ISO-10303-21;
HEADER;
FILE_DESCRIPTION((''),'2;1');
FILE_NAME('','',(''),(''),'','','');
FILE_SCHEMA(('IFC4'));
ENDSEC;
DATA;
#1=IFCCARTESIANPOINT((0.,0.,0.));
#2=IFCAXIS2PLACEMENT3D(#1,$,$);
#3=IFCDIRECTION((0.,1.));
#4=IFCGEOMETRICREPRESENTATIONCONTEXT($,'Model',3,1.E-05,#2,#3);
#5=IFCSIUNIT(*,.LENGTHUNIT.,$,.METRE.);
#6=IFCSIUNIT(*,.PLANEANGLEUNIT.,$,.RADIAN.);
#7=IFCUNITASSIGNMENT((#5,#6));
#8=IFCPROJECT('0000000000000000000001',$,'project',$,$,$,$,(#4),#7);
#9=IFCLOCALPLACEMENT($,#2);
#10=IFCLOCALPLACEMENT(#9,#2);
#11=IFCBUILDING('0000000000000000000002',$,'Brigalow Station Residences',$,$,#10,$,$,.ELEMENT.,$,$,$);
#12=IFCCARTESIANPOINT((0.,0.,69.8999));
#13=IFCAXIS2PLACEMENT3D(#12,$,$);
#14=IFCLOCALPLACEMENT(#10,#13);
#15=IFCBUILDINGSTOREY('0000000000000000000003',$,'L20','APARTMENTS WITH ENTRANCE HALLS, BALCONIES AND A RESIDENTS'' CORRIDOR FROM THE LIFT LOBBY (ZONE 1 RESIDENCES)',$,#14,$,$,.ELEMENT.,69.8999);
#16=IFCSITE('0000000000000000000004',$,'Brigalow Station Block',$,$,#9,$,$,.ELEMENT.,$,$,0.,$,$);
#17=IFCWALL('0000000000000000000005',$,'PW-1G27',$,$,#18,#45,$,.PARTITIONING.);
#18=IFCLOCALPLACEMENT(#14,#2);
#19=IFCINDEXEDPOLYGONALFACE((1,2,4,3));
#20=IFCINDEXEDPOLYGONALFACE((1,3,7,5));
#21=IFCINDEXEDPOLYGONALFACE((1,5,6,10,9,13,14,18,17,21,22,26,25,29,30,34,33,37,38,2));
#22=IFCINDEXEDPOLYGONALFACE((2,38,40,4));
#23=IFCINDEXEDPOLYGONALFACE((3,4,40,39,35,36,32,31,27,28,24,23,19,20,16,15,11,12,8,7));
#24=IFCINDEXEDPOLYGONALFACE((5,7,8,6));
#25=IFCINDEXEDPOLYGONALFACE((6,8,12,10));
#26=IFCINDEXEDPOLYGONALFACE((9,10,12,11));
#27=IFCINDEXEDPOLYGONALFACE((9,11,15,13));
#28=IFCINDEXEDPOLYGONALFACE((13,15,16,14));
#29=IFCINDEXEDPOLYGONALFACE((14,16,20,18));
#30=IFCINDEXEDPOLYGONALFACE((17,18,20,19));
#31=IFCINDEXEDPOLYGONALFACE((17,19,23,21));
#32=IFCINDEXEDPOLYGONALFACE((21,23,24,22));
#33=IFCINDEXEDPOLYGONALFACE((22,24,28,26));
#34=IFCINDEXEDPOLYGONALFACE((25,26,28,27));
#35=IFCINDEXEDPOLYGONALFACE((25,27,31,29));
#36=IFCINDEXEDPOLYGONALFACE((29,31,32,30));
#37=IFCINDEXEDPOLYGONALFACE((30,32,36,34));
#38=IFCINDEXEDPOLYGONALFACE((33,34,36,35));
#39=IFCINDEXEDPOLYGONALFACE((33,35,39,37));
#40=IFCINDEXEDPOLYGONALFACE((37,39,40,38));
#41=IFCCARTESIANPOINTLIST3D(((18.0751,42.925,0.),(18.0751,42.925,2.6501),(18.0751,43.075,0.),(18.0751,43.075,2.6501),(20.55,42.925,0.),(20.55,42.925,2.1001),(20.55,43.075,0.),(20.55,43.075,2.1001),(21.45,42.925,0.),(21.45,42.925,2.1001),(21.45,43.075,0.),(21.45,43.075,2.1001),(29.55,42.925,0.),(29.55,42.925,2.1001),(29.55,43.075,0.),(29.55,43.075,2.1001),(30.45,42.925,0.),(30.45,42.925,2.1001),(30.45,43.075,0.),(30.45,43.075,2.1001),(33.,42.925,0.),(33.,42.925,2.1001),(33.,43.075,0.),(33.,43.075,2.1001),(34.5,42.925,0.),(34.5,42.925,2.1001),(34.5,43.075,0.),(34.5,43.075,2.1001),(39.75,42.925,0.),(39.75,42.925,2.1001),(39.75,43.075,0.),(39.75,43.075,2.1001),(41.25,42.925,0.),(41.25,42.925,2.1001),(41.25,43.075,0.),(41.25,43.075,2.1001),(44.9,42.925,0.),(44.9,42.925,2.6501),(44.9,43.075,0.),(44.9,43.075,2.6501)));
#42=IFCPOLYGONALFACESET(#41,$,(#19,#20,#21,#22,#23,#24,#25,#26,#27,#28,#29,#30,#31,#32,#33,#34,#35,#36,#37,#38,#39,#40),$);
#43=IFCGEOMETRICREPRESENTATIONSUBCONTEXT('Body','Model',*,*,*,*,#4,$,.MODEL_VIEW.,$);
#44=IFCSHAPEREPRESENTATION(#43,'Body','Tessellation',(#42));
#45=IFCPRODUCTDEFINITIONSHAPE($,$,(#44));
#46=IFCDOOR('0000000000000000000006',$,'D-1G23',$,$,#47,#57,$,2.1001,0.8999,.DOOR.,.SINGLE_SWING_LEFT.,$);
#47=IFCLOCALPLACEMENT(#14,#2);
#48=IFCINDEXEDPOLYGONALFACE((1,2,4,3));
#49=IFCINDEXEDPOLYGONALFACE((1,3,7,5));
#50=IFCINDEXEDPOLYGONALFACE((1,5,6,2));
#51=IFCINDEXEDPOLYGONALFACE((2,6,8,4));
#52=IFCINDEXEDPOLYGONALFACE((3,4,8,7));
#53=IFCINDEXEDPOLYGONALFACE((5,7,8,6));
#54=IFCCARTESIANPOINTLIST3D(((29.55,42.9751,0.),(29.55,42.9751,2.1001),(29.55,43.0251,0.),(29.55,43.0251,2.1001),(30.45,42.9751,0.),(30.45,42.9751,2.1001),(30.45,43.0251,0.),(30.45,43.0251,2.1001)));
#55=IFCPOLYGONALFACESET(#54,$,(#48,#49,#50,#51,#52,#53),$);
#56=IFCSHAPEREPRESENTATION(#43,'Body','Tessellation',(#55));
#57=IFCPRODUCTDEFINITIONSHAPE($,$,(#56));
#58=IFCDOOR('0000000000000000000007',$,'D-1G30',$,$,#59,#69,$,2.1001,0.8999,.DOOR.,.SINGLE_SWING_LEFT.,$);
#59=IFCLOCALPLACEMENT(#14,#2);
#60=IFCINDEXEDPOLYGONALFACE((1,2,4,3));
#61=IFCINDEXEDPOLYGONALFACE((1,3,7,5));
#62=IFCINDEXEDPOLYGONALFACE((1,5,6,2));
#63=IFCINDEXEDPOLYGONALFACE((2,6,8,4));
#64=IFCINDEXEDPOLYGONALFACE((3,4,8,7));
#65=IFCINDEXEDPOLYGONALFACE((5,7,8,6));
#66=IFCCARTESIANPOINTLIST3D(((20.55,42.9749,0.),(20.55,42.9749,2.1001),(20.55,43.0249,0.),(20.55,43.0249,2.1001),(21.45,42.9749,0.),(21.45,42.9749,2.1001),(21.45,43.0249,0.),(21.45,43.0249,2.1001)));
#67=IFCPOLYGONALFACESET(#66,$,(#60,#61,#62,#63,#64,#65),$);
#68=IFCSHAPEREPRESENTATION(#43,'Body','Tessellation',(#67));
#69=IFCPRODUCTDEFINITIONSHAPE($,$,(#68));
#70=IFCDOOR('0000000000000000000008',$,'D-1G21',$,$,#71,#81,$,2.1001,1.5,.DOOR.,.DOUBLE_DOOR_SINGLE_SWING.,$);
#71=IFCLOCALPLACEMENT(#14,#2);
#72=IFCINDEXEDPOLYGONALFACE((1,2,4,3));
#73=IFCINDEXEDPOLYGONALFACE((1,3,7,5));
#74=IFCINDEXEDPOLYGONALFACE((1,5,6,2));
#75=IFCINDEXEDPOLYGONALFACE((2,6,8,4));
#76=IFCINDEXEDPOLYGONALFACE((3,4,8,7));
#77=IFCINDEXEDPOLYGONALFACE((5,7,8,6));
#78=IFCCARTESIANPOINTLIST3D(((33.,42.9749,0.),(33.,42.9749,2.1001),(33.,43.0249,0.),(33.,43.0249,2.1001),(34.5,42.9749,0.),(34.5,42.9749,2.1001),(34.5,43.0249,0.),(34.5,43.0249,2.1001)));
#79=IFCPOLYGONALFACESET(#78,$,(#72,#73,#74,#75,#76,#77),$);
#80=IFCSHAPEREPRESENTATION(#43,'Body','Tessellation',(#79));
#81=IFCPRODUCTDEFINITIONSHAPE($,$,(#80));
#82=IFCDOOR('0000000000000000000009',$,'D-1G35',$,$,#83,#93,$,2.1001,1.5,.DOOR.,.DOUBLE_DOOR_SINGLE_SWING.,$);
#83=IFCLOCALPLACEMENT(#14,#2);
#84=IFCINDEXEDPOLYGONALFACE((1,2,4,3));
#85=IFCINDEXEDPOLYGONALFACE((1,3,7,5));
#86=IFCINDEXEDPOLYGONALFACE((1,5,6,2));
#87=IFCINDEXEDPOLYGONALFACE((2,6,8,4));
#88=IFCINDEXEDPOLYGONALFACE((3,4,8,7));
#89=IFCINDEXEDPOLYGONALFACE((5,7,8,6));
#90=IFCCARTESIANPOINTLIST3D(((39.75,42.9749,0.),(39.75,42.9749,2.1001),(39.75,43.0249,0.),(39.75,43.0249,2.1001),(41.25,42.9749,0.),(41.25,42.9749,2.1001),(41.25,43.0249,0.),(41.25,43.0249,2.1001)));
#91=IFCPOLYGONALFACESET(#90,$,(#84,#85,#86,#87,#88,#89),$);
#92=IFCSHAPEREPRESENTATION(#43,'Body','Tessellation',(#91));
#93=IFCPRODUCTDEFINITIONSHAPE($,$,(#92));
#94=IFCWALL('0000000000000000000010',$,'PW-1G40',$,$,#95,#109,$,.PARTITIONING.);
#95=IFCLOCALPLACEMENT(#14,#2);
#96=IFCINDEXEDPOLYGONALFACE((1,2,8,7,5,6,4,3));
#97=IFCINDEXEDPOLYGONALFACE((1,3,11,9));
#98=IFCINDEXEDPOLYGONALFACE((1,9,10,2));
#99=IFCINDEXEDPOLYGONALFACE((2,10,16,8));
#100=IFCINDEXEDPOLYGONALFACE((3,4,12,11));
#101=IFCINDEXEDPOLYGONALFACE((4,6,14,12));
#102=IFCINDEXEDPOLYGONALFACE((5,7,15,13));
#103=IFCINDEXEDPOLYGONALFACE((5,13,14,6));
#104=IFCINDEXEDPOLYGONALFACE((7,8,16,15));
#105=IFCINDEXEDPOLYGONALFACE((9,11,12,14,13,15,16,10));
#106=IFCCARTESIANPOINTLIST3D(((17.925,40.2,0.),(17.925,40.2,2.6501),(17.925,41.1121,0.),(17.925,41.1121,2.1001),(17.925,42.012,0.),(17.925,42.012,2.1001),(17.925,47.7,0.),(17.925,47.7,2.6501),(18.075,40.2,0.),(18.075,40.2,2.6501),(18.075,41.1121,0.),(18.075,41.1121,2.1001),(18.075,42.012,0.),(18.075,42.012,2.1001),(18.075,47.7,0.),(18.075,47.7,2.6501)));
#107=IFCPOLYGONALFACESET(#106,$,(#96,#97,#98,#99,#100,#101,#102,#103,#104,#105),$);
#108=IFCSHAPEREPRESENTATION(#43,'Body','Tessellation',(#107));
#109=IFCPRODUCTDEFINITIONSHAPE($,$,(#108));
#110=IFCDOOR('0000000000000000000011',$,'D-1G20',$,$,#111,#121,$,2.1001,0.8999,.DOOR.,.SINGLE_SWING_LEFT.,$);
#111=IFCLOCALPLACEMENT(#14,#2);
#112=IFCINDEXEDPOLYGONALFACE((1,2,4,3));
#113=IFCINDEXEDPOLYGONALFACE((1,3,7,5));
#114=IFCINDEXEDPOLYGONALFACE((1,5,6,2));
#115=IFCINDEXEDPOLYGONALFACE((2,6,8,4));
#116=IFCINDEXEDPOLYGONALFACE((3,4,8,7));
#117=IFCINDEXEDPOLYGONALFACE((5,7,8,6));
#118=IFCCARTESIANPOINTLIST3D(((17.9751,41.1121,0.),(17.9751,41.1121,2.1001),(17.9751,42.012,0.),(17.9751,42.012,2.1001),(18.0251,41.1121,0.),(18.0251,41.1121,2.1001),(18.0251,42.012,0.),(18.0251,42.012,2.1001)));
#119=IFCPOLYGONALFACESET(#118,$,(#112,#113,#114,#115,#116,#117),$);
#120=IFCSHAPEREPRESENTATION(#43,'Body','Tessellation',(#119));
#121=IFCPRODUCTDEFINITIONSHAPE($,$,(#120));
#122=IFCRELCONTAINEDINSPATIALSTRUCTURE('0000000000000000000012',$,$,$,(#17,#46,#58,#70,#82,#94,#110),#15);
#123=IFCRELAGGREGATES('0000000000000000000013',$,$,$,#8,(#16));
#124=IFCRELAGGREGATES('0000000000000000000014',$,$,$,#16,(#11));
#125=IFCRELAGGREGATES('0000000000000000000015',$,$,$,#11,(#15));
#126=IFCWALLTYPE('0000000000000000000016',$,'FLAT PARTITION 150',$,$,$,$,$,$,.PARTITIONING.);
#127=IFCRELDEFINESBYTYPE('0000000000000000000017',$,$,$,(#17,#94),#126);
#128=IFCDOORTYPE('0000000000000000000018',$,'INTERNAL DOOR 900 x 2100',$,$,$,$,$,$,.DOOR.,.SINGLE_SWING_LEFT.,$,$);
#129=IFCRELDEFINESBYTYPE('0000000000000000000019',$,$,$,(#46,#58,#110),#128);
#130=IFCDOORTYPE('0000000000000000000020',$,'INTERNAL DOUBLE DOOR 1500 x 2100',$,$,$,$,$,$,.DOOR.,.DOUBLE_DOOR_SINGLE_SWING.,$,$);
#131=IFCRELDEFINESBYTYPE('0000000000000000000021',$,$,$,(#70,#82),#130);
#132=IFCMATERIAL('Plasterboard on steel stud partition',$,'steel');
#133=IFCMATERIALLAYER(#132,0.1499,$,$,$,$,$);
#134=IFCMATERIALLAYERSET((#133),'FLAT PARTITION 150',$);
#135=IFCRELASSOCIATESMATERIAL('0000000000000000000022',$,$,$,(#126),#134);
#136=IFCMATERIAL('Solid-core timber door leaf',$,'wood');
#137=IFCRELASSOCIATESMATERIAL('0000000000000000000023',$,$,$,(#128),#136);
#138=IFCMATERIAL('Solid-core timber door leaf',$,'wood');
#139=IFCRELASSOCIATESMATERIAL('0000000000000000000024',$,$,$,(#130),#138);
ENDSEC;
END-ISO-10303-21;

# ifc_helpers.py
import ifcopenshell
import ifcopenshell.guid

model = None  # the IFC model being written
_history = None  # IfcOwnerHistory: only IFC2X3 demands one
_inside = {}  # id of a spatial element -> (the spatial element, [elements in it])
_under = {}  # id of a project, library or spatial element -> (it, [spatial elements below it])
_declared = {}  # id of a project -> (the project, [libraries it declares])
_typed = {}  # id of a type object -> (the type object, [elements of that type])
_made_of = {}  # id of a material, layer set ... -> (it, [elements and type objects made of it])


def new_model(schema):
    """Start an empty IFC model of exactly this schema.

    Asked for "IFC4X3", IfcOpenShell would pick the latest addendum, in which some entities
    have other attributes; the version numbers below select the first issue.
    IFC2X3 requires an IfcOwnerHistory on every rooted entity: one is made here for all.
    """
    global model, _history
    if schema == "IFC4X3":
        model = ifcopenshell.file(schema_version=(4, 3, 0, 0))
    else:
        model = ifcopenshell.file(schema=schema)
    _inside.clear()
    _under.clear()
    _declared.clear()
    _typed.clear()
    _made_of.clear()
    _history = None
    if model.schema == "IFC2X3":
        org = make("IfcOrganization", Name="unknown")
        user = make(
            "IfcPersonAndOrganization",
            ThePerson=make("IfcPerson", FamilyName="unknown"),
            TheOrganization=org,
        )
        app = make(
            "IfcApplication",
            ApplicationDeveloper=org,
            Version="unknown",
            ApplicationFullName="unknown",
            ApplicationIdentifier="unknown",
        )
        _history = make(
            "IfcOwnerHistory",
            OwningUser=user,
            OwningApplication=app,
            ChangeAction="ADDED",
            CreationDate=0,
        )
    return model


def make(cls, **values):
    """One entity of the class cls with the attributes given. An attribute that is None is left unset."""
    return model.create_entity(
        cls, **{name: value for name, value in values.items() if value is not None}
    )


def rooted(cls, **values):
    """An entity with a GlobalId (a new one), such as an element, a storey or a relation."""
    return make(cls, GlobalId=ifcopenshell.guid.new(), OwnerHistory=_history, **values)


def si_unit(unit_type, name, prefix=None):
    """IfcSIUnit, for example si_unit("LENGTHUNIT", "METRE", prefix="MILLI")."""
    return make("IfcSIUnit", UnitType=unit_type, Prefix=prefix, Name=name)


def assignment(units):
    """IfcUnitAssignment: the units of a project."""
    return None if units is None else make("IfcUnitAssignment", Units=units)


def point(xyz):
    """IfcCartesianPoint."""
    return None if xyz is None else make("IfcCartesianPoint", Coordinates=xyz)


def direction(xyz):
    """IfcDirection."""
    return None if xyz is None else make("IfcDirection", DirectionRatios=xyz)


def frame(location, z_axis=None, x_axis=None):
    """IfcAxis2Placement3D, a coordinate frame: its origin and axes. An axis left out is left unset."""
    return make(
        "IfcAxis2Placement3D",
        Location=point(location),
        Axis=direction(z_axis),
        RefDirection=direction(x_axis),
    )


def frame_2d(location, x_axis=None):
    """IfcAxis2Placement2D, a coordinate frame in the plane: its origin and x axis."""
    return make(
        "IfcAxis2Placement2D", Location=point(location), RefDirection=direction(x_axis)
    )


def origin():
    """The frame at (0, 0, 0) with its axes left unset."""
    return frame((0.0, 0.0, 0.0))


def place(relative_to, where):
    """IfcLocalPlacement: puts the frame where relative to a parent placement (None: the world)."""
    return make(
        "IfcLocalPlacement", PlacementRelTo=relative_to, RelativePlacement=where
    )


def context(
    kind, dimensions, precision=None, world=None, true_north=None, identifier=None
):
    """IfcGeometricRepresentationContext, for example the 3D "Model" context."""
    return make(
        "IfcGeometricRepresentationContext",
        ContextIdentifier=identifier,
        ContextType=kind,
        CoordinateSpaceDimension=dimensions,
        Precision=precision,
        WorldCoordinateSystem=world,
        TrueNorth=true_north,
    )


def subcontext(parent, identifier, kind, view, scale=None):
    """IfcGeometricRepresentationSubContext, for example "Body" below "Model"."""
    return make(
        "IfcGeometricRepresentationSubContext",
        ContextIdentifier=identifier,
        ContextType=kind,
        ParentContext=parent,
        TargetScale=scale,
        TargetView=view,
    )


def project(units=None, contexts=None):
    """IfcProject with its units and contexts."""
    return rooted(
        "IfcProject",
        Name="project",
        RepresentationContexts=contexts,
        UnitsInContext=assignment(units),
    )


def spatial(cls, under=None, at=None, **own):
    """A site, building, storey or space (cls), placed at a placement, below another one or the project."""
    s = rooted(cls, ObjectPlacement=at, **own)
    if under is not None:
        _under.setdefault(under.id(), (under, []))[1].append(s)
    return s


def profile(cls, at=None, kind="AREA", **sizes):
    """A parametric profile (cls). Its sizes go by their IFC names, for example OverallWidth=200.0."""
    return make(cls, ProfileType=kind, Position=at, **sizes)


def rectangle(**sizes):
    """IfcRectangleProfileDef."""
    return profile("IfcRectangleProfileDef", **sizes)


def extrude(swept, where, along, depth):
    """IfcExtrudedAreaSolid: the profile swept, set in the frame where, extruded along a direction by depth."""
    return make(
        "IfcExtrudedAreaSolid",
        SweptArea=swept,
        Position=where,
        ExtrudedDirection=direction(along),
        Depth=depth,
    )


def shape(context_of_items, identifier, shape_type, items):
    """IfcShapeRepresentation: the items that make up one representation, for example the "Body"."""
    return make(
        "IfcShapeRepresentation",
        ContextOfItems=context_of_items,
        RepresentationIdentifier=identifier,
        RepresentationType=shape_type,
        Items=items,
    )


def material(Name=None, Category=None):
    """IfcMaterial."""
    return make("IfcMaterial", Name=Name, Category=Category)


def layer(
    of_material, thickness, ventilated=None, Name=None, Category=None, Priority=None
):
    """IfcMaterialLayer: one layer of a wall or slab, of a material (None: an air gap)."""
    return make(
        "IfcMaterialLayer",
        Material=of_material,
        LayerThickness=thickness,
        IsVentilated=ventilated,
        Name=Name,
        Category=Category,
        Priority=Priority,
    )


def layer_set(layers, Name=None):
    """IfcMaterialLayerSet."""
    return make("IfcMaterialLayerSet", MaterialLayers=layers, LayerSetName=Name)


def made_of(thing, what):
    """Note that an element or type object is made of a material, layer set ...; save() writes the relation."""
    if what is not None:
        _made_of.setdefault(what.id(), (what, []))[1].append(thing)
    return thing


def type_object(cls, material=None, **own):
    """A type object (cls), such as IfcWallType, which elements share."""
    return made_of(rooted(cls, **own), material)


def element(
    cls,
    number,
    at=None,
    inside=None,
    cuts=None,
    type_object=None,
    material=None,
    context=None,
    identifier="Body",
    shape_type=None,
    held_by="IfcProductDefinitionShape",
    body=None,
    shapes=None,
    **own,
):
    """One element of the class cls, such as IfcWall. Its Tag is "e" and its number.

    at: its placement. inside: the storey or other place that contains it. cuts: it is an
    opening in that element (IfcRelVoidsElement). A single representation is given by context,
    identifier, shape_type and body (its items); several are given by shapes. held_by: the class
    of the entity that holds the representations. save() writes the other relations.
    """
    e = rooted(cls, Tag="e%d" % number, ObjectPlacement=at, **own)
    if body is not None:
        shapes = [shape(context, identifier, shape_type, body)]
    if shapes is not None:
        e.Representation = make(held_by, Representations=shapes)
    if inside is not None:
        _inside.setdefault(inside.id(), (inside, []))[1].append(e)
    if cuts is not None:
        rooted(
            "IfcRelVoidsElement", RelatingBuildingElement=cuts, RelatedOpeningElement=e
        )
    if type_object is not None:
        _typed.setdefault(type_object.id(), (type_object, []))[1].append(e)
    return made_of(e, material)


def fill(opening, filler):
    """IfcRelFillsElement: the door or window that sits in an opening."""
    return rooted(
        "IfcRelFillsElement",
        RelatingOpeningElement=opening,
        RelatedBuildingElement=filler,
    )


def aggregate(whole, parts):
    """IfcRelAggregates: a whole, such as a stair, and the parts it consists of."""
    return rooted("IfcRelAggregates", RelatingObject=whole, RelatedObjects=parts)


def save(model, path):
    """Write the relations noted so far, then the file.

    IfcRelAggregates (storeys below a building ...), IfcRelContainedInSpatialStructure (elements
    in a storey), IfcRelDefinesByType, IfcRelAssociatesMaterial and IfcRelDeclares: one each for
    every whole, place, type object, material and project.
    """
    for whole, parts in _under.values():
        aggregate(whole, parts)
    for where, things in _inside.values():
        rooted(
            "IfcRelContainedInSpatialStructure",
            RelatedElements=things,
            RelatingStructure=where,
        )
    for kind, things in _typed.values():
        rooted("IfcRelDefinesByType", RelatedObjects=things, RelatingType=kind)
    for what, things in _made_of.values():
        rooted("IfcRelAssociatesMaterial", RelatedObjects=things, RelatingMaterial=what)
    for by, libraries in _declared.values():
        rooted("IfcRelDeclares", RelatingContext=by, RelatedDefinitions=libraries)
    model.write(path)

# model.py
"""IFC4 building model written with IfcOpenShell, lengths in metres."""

from ifc_helpers import new_model, si_unit, direction, frame, frame_2d, origin, place, context, subcontext, project, spatial, rectangle, extrude, material, layer, layer_set, type_object, element, fill, save


model = new_model("IFC4")

# Units and contexts
model_context = context("Model", 3, precision=1e-05, world=origin(), true_north=direction((0.0, 1.0)))
body_context = subcontext(model_context, "Body", "Model", "MODEL_VIEW")
ifc_project = project(units=[si_unit("LENGTHUNIT", "METRE"), si_unit("PLANEANGLEUNIT", "RADIAN")], contexts=[model_context])

# Site, building, storey
site_placement = place(None, origin())
site = spatial("IfcSite", under=ifc_project, at=site_placement, Name="Brigalow Station Block", CompositionType="ELEMENT", RefElevation=0.0)
building_placement = place(site_placement, origin())
building = spatial("IfcBuilding", under=site, at=building_placement, Name="Brigalow Station Residences", CompositionType="ELEMENT")
storey_placement = place(building_placement, frame((0.0, 0.0, 69.8999)))
storey = spatial("IfcBuildingStorey", under=building, at=storey_placement, Name="L20", Description="APARTMENTS WITH ENTRANCE HALLS, BALCONIES AND A RESIDENTS' CORRIDOR FROM THE LIFT LOBBY (ZONE 1 RESIDENCES)", CompositionType="ELEMENT", Elevation=69.8999)

# Shared definitions
ifc_material_1 = material(Name="Plasterboard on steel stud partition", Category="steel")
ifc_layer_1 = layer(ifc_material_1, 0.1499)
ifc_layer_set_1 = layer_set([ifc_layer_1], Name="FLAT PARTITION 150")
wall_type_1 = type_object("IfcWallType", Name="FLAT PARTITION 150", PredefinedType="PARTITIONING", material=ifc_layer_set_1)

# Wall, openings, doors
wall_1_placement = place(storey_placement, frame((18.075, 43.0, 0.0), z_axis=(0.0, 0.0, 1.0), x_axis=(1.0, 0.0, 0.0)))
wall_1 = element("IfcWall", 1, at=wall_1_placement, inside=storey, type_object=wall_type_1, Name="PW-1G27", PredefinedType="PARTITIONING", context=body_context, shape_type="SweptSolid", body=[
    extrude(rectangle(XDim=26.825, YDim=0.1499, at=frame_2d((13.4126, 0.0))), origin(), (0.0, 0.0, 1.0), 2.6501),
])
opening_1_placement = place(wall_1_placement, frame((14.925, 0.0, 0.0)))
opening_1 = element("IfcOpeningElement", 2, at=opening_1_placement, cuts=wall_1, PredefinedType="OPENING", context=body_context, shape_type="SweptSolid", body=[
    extrude(rectangle(XDim=1.5, YDim=2.1001, at=frame_2d((0.75, 1.05))), frame((0.0, 0.085, 0.0), z_axis=(0.0, -1.0, 0.0), x_axis=(1.0, 0.0, 0.0)), (0.0, 0.0, 1.0), 0.1699),
])
opening_2_placement = place(wall_1_placement, frame((11.4751, 0.0, 0.0)))
opening_2 = element("IfcOpeningElement", 3, at=opening_2_placement, cuts=wall_1, PredefinedType="OPENING", context=body_context, shape_type="SweptSolid", body=[
    extrude(rectangle(XDim=0.8999, YDim=2.1001, at=frame_2d((0.45, 1.05))), frame((0.0, 0.085, 0.0), z_axis=(0.0, -1.0, 0.0), x_axis=(1.0, 0.0, 0.0)), (0.0, 0.0, 1.0), 0.1699),
])
opening_3_placement = place(wall_1_placement, frame((2.4751, 0.0, 0.0)))
opening_3 = element("IfcOpeningElement", 4, at=opening_3_placement, cuts=wall_1, PredefinedType="OPENING", context=body_context, shape_type="SweptSolid", body=[
    extrude(rectangle(XDim=0.8999, YDim=2.1001, at=frame_2d((0.45, 1.05))), frame((0.0, 0.085, 0.0), z_axis=(0.0, -1.0, 0.0), x_axis=(1.0, 0.0, 0.0)), (0.0, 0.0, 1.0), 0.1699),
])
opening_4_placement = place(wall_1_placement, frame((21.675, 0.0, 0.0)))
opening_4 = element("IfcOpeningElement", 5, at=opening_4_placement, cuts=wall_1, PredefinedType="OPENING", context=body_context, shape_type="SweptSolid", body=[
    extrude(rectangle(XDim=1.5, YDim=2.1001, at=frame_2d((0.75, 1.05))), frame((0.0, 0.085, 0.0), z_axis=(0.0, -1.0, 0.0), x_axis=(1.0, 0.0, 0.0)), (0.0, 0.0, 1.0), 0.1699),
])
ifc_material_2 = material(Name="Solid-core timber door leaf", Category="wood")
door_type_1 = type_object("IfcDoorType", Name="INTERNAL DOOR 900 x 2100", OperationType="SINGLE_SWING_LEFT", PredefinedType="DOOR", material=ifc_material_2)
door_1_placement = place(opening_2_placement, frame((0.8999, 0.0, 0.0), z_axis=(0.0, 0.0, 1.0), x_axis=(-1.0, 0.0, 0.0)))
door_1 = element("IfcDoor", 6, at=door_1_placement, inside=storey, type_object=door_type_1, Name="D-1G23", OperationType="SINGLE_SWING_LEFT", OverallHeight=2.1001, OverallWidth=0.8999, PredefinedType="DOOR", context=body_context, shape_type="SweptSolid", body=[
    extrude(rectangle(XDim=0.8999, YDim=2.1001, at=frame_2d((0.45, 1.05))), frame((0.0, 0.0249, 0.0), z_axis=(0.0, -1.0, 0.0), x_axis=(1.0, 0.0, 0.0)), (0.0, 0.0, 1.0), 0.05),
])
fill(opening_2, door_1)
door_2_placement = place(opening_3_placement, origin())
door_2 = element("IfcDoor", 7, at=door_2_placement, inside=storey, type_object=door_type_1, Name="D-1G30", OperationType="SINGLE_SWING_LEFT", OverallHeight=2.1001, OverallWidth=0.8999, PredefinedType="DOOR", context=body_context, shape_type="SweptSolid", body=[
    extrude(rectangle(XDim=0.8999, YDim=2.1001, at=frame_2d((0.45, 1.05))), frame((0.0, 0.0249, 0.0), z_axis=(0.0, -1.0, 0.0), x_axis=(1.0, 0.0, 0.0)), (0.0, 0.0, 1.0), 0.05),
])
fill(opening_3, door_2)
ifc_material_3 = material(Name="Solid-core timber door leaf", Category="wood")
door_type_2 = type_object("IfcDoorType", Name="INTERNAL DOUBLE DOOR 1500 x 2100", OperationType="DOUBLE_DOOR_SINGLE_SWING", PredefinedType="DOOR", material=ifc_material_3)
door_3_placement = place(opening_1_placement, origin())
door_3 = element("IfcDoor", 8, at=door_3_placement, inside=storey, type_object=door_type_2, Name="D-1G21", OperationType="DOUBLE_DOOR_SINGLE_SWING", OverallHeight=2.1001, OverallWidth=1.5, PredefinedType="DOOR", context=body_context, shape_type="SweptSolid", body=[
    extrude(rectangle(XDim=1.5, YDim=2.1001, at=frame_2d((0.75, 1.05))), frame((0.0, 0.0249, 0.0), z_axis=(0.0, -1.0, 0.0), x_axis=(1.0, 0.0, 0.0)), (0.0, 0.0, 1.0), 0.05),
])
fill(opening_1, door_3)
door_4_placement = place(opening_4_placement, origin())
door_4 = element("IfcDoor", 9, at=door_4_placement, inside=storey, type_object=door_type_2, Name="D-1G35", OperationType="DOUBLE_DOOR_SINGLE_SWING", OverallHeight=2.1001, OverallWidth=1.5, PredefinedType="DOOR", context=body_context, shape_type="SweptSolid", body=[
    extrude(rectangle(XDim=1.5, YDim=2.1001, at=frame_2d((0.75, 1.05))), frame((0.0, 0.0249, 0.0), z_axis=(0.0, -1.0, 0.0), x_axis=(1.0, 0.0, 0.0)), (0.0, 0.0, 1.0), 0.05),
])
fill(opening_4, door_4)

# Wall, opening, door
wall_2_placement = place(storey_placement, frame((18.0, 40.2, 0.0), z_axis=(0.0, 0.0, 1.0), x_axis=(0.0, 1.0, 0.0)))
wall_2 = element("IfcWall", 10, at=wall_2_placement, inside=storey, type_object=wall_type_1, Name="PW-1G40", PredefinedType="PARTITIONING", context=body_context, shape_type="SweptSolid", body=[
    extrude(rectangle(XDim=7.5, YDim=0.1499, at=frame_2d((3.75, 0.0))), origin(), (0.0, 0.0, 1.0), 2.6501),
])
opening_5_placement = place(wall_2_placement, frame((0.9121, 0.0, 0.0)))
opening_5 = element("IfcOpeningElement", 11, at=opening_5_placement, cuts=wall_2, PredefinedType="OPENING", context=body_context, shape_type="SweptSolid", body=[
    extrude(rectangle(XDim=0.8999, YDim=2.1001, at=frame_2d((0.45, 1.05))), frame((0.0, 0.085, 0.0), z_axis=(0.0, -1.0, 0.0), x_axis=(1.0, 0.0, 0.0)), (0.0, 0.0, 1.0), 0.1699),
])
door_5_placement = place(opening_5_placement, origin())
door_5 = element("IfcDoor", 12, at=door_5_placement, inside=storey, type_object=door_type_1, Name="D-1G20", OperationType="SINGLE_SWING_LEFT", OverallHeight=2.1001, OverallWidth=0.8999, PredefinedType="DOOR", context=body_context, shape_type="SweptSolid", body=[
    extrude(rectangle(XDim=0.8999, YDim=2.1001, at=frame_2d((0.45, 1.05))), frame((0.0, 0.0249, 0.0), z_axis=(0.0, -1.0, 0.0), x_axis=(1.0, 0.0, 0.0)), (0.0, 0.0, 1.0), 0.05),
])
fill(opening_5, door_5)

save(model, "model.ifc")
